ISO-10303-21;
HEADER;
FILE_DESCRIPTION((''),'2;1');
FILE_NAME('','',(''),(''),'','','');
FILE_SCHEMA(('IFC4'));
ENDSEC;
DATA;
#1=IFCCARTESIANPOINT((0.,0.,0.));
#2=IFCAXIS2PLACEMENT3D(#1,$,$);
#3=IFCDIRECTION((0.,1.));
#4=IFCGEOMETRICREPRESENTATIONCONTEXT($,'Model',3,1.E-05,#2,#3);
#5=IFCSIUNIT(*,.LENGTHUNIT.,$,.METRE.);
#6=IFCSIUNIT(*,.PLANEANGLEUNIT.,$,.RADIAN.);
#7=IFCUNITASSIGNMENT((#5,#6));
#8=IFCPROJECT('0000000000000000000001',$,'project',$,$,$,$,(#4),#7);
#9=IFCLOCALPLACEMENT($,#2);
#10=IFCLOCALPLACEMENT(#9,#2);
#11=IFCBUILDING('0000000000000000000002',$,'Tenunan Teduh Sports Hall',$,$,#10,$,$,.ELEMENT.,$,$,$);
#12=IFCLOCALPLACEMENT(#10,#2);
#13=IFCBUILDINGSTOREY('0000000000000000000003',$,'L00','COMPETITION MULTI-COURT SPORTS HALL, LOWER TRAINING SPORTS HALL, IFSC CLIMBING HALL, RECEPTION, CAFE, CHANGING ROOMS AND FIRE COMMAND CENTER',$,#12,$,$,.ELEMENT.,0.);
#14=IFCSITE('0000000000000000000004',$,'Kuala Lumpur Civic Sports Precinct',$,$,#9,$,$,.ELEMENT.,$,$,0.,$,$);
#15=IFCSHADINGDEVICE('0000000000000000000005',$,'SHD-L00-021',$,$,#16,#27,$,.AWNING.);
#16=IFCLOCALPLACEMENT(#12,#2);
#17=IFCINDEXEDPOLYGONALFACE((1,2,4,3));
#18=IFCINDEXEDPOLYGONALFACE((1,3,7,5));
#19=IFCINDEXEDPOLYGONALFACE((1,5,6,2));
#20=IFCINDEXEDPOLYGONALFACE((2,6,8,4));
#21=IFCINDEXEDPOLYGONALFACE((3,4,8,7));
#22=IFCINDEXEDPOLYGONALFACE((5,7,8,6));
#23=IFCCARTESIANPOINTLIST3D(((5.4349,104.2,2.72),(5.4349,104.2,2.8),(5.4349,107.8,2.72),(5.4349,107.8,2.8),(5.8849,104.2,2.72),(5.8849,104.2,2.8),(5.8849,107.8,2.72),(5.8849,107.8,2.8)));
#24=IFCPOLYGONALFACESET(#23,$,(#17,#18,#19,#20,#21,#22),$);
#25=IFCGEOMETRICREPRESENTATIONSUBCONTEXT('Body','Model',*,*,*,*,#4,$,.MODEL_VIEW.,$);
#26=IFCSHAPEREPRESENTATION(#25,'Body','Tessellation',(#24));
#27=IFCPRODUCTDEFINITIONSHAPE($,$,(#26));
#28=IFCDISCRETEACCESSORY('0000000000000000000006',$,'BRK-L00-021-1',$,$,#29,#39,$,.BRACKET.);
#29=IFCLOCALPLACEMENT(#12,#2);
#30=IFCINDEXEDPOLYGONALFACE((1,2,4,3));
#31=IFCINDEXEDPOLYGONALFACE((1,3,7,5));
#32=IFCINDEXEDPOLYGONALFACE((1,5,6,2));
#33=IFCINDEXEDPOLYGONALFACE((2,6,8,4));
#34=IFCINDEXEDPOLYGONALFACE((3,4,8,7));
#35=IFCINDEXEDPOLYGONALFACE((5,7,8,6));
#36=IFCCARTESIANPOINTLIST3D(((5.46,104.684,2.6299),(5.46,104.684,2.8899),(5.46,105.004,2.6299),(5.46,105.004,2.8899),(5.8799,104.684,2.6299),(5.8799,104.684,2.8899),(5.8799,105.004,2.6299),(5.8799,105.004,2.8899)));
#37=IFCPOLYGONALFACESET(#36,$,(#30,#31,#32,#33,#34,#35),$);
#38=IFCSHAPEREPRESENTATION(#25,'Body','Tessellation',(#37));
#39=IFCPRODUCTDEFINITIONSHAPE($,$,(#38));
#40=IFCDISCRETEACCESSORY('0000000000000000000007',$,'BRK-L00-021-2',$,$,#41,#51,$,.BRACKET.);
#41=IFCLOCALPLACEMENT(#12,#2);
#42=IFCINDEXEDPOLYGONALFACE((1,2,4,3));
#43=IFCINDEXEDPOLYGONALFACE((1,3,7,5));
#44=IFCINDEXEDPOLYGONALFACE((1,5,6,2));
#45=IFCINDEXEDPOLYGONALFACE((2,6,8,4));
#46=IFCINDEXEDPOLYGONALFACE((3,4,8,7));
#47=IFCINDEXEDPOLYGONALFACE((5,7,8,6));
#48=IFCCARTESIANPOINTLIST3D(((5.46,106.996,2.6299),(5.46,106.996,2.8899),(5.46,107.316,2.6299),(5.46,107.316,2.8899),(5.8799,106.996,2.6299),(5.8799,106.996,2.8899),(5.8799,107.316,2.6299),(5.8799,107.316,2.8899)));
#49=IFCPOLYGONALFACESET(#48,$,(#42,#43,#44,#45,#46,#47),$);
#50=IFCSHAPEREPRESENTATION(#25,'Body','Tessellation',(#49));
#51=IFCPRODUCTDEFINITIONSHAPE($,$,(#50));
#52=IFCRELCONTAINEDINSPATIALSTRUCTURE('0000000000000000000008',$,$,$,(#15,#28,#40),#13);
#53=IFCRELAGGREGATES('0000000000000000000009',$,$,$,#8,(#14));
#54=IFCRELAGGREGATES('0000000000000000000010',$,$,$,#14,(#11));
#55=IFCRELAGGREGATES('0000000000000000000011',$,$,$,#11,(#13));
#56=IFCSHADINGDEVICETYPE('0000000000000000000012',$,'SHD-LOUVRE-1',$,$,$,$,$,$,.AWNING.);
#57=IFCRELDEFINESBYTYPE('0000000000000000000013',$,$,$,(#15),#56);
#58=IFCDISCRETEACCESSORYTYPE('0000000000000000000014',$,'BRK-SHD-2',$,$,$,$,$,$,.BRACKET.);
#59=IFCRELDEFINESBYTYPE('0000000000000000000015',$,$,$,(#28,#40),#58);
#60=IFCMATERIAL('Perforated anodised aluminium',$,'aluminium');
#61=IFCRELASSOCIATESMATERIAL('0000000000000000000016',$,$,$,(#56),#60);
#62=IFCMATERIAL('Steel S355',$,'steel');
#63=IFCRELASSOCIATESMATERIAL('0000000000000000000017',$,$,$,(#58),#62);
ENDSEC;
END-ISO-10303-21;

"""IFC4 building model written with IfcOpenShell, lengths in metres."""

from ifc_helpers import new_model, si_unit, direction, frame, origin, origin_2d, place, context, subcontext, project, spatial, rectangle, extrude, material, type_object, element, save


model = new_model("IFC4")

# Units and contexts
model_context = context("Model", 3, precision=1e-05, world=origin(), true_north=direction((0.0, 1.0)))
body_context = subcontext(model_context, "Body", "Model", "MODEL_VIEW")
ifc_project = project(units=[si_unit("LENGTHUNIT", "METRE"), si_unit("PLANEANGLEUNIT", "RADIAN")], contexts=[model_context])

# Site, building, storey
site_placement = place(None, origin())
site = spatial("IfcSite", under=ifc_project, at=site_placement, Name="Kuala Lumpur Civic Sports Precinct", CompositionType="ELEMENT", RefElevation=0.0)
building_placement = place(site_placement, origin())
building = spatial("IfcBuilding", under=site, at=building_placement, Name="Tenunan Teduh Sports Hall", CompositionType="ELEMENT")
storey_placement = place(building_placement, origin())
storey = spatial("IfcBuildingStorey", under=building, at=storey_placement, Name="L00", Description="COMPETITION MULTI-COURT SPORTS HALL, LOWER TRAINING SPORTS HALL, IFSC CLIMBING HALL, RECEPTION, CAFE, CHANGING ROOMS AND FIRE COMMAND CENTER", CompositionType="ELEMENT", Elevation=0.0)

# Shading device
ifc_material_1 = material(Name="Perforated anodised aluminium", Category="aluminium")
shading_device_type = type_object("IfcShadingDeviceType", Name="SHD-LOUVRE-1", PredefinedType="AWNING", material=ifc_material_1)
shading_device_placement = place(storey_placement, frame((5.6599, 106.0, 2.72), z_axis=(0.0, 0.0, 1.0), x_axis=(0.0, 1.0, 0.0)))
element("IfcShadingDevice", 1, at=shading_device_placement, inside=storey, type_object=shading_device_type, Name="SHD-L00-021", PredefinedType="AWNING", context=body_context, shape_type="SweptSolid", body=[
    extrude(rectangle(XDim=3.6001, YDim=0.45, at=origin_2d()), origin(), (0.0, 0.0, 1.0), 0.0801),
])

# Discrete accessories
ifc_material_2 = material(Name="Steel S355", Category="steel")
discrete_accessory_type = type_object("IfcDiscreteAccessoryType", Name="BRK-SHD-2", PredefinedType="BRACKET", material=ifc_material_2)
for number, where, z_axis, x_axis, name in (
    (2, (5.6699, 104.844, 2.6299), (0.0, 0.0, 1.0), (0.0, 1.0, 0.0), "BRK-L00-021-1"),
    (3, (5.6699, 107.156, 2.6299), (0.0, 0.0, 1.0), (0.0, 1.0, 0.0), "BRK-L00-021-2"),
):
    element("IfcDiscreteAccessory", number, at=place(storey_placement, frame(where, z_axis=z_axis, x_axis=x_axis)), inside=storey, type_object=discrete_accessory_type, Name=name, PredefinedType="BRACKET", context=body_context, shape_type="SweptSolid", body=[
        extrude(rectangle(XDim=0.3201, YDim=0.4199, at=origin_2d()), origin(), (0.0, 0.0, 1.0), 0.26),
    ])

save(model, "model.ifc")
